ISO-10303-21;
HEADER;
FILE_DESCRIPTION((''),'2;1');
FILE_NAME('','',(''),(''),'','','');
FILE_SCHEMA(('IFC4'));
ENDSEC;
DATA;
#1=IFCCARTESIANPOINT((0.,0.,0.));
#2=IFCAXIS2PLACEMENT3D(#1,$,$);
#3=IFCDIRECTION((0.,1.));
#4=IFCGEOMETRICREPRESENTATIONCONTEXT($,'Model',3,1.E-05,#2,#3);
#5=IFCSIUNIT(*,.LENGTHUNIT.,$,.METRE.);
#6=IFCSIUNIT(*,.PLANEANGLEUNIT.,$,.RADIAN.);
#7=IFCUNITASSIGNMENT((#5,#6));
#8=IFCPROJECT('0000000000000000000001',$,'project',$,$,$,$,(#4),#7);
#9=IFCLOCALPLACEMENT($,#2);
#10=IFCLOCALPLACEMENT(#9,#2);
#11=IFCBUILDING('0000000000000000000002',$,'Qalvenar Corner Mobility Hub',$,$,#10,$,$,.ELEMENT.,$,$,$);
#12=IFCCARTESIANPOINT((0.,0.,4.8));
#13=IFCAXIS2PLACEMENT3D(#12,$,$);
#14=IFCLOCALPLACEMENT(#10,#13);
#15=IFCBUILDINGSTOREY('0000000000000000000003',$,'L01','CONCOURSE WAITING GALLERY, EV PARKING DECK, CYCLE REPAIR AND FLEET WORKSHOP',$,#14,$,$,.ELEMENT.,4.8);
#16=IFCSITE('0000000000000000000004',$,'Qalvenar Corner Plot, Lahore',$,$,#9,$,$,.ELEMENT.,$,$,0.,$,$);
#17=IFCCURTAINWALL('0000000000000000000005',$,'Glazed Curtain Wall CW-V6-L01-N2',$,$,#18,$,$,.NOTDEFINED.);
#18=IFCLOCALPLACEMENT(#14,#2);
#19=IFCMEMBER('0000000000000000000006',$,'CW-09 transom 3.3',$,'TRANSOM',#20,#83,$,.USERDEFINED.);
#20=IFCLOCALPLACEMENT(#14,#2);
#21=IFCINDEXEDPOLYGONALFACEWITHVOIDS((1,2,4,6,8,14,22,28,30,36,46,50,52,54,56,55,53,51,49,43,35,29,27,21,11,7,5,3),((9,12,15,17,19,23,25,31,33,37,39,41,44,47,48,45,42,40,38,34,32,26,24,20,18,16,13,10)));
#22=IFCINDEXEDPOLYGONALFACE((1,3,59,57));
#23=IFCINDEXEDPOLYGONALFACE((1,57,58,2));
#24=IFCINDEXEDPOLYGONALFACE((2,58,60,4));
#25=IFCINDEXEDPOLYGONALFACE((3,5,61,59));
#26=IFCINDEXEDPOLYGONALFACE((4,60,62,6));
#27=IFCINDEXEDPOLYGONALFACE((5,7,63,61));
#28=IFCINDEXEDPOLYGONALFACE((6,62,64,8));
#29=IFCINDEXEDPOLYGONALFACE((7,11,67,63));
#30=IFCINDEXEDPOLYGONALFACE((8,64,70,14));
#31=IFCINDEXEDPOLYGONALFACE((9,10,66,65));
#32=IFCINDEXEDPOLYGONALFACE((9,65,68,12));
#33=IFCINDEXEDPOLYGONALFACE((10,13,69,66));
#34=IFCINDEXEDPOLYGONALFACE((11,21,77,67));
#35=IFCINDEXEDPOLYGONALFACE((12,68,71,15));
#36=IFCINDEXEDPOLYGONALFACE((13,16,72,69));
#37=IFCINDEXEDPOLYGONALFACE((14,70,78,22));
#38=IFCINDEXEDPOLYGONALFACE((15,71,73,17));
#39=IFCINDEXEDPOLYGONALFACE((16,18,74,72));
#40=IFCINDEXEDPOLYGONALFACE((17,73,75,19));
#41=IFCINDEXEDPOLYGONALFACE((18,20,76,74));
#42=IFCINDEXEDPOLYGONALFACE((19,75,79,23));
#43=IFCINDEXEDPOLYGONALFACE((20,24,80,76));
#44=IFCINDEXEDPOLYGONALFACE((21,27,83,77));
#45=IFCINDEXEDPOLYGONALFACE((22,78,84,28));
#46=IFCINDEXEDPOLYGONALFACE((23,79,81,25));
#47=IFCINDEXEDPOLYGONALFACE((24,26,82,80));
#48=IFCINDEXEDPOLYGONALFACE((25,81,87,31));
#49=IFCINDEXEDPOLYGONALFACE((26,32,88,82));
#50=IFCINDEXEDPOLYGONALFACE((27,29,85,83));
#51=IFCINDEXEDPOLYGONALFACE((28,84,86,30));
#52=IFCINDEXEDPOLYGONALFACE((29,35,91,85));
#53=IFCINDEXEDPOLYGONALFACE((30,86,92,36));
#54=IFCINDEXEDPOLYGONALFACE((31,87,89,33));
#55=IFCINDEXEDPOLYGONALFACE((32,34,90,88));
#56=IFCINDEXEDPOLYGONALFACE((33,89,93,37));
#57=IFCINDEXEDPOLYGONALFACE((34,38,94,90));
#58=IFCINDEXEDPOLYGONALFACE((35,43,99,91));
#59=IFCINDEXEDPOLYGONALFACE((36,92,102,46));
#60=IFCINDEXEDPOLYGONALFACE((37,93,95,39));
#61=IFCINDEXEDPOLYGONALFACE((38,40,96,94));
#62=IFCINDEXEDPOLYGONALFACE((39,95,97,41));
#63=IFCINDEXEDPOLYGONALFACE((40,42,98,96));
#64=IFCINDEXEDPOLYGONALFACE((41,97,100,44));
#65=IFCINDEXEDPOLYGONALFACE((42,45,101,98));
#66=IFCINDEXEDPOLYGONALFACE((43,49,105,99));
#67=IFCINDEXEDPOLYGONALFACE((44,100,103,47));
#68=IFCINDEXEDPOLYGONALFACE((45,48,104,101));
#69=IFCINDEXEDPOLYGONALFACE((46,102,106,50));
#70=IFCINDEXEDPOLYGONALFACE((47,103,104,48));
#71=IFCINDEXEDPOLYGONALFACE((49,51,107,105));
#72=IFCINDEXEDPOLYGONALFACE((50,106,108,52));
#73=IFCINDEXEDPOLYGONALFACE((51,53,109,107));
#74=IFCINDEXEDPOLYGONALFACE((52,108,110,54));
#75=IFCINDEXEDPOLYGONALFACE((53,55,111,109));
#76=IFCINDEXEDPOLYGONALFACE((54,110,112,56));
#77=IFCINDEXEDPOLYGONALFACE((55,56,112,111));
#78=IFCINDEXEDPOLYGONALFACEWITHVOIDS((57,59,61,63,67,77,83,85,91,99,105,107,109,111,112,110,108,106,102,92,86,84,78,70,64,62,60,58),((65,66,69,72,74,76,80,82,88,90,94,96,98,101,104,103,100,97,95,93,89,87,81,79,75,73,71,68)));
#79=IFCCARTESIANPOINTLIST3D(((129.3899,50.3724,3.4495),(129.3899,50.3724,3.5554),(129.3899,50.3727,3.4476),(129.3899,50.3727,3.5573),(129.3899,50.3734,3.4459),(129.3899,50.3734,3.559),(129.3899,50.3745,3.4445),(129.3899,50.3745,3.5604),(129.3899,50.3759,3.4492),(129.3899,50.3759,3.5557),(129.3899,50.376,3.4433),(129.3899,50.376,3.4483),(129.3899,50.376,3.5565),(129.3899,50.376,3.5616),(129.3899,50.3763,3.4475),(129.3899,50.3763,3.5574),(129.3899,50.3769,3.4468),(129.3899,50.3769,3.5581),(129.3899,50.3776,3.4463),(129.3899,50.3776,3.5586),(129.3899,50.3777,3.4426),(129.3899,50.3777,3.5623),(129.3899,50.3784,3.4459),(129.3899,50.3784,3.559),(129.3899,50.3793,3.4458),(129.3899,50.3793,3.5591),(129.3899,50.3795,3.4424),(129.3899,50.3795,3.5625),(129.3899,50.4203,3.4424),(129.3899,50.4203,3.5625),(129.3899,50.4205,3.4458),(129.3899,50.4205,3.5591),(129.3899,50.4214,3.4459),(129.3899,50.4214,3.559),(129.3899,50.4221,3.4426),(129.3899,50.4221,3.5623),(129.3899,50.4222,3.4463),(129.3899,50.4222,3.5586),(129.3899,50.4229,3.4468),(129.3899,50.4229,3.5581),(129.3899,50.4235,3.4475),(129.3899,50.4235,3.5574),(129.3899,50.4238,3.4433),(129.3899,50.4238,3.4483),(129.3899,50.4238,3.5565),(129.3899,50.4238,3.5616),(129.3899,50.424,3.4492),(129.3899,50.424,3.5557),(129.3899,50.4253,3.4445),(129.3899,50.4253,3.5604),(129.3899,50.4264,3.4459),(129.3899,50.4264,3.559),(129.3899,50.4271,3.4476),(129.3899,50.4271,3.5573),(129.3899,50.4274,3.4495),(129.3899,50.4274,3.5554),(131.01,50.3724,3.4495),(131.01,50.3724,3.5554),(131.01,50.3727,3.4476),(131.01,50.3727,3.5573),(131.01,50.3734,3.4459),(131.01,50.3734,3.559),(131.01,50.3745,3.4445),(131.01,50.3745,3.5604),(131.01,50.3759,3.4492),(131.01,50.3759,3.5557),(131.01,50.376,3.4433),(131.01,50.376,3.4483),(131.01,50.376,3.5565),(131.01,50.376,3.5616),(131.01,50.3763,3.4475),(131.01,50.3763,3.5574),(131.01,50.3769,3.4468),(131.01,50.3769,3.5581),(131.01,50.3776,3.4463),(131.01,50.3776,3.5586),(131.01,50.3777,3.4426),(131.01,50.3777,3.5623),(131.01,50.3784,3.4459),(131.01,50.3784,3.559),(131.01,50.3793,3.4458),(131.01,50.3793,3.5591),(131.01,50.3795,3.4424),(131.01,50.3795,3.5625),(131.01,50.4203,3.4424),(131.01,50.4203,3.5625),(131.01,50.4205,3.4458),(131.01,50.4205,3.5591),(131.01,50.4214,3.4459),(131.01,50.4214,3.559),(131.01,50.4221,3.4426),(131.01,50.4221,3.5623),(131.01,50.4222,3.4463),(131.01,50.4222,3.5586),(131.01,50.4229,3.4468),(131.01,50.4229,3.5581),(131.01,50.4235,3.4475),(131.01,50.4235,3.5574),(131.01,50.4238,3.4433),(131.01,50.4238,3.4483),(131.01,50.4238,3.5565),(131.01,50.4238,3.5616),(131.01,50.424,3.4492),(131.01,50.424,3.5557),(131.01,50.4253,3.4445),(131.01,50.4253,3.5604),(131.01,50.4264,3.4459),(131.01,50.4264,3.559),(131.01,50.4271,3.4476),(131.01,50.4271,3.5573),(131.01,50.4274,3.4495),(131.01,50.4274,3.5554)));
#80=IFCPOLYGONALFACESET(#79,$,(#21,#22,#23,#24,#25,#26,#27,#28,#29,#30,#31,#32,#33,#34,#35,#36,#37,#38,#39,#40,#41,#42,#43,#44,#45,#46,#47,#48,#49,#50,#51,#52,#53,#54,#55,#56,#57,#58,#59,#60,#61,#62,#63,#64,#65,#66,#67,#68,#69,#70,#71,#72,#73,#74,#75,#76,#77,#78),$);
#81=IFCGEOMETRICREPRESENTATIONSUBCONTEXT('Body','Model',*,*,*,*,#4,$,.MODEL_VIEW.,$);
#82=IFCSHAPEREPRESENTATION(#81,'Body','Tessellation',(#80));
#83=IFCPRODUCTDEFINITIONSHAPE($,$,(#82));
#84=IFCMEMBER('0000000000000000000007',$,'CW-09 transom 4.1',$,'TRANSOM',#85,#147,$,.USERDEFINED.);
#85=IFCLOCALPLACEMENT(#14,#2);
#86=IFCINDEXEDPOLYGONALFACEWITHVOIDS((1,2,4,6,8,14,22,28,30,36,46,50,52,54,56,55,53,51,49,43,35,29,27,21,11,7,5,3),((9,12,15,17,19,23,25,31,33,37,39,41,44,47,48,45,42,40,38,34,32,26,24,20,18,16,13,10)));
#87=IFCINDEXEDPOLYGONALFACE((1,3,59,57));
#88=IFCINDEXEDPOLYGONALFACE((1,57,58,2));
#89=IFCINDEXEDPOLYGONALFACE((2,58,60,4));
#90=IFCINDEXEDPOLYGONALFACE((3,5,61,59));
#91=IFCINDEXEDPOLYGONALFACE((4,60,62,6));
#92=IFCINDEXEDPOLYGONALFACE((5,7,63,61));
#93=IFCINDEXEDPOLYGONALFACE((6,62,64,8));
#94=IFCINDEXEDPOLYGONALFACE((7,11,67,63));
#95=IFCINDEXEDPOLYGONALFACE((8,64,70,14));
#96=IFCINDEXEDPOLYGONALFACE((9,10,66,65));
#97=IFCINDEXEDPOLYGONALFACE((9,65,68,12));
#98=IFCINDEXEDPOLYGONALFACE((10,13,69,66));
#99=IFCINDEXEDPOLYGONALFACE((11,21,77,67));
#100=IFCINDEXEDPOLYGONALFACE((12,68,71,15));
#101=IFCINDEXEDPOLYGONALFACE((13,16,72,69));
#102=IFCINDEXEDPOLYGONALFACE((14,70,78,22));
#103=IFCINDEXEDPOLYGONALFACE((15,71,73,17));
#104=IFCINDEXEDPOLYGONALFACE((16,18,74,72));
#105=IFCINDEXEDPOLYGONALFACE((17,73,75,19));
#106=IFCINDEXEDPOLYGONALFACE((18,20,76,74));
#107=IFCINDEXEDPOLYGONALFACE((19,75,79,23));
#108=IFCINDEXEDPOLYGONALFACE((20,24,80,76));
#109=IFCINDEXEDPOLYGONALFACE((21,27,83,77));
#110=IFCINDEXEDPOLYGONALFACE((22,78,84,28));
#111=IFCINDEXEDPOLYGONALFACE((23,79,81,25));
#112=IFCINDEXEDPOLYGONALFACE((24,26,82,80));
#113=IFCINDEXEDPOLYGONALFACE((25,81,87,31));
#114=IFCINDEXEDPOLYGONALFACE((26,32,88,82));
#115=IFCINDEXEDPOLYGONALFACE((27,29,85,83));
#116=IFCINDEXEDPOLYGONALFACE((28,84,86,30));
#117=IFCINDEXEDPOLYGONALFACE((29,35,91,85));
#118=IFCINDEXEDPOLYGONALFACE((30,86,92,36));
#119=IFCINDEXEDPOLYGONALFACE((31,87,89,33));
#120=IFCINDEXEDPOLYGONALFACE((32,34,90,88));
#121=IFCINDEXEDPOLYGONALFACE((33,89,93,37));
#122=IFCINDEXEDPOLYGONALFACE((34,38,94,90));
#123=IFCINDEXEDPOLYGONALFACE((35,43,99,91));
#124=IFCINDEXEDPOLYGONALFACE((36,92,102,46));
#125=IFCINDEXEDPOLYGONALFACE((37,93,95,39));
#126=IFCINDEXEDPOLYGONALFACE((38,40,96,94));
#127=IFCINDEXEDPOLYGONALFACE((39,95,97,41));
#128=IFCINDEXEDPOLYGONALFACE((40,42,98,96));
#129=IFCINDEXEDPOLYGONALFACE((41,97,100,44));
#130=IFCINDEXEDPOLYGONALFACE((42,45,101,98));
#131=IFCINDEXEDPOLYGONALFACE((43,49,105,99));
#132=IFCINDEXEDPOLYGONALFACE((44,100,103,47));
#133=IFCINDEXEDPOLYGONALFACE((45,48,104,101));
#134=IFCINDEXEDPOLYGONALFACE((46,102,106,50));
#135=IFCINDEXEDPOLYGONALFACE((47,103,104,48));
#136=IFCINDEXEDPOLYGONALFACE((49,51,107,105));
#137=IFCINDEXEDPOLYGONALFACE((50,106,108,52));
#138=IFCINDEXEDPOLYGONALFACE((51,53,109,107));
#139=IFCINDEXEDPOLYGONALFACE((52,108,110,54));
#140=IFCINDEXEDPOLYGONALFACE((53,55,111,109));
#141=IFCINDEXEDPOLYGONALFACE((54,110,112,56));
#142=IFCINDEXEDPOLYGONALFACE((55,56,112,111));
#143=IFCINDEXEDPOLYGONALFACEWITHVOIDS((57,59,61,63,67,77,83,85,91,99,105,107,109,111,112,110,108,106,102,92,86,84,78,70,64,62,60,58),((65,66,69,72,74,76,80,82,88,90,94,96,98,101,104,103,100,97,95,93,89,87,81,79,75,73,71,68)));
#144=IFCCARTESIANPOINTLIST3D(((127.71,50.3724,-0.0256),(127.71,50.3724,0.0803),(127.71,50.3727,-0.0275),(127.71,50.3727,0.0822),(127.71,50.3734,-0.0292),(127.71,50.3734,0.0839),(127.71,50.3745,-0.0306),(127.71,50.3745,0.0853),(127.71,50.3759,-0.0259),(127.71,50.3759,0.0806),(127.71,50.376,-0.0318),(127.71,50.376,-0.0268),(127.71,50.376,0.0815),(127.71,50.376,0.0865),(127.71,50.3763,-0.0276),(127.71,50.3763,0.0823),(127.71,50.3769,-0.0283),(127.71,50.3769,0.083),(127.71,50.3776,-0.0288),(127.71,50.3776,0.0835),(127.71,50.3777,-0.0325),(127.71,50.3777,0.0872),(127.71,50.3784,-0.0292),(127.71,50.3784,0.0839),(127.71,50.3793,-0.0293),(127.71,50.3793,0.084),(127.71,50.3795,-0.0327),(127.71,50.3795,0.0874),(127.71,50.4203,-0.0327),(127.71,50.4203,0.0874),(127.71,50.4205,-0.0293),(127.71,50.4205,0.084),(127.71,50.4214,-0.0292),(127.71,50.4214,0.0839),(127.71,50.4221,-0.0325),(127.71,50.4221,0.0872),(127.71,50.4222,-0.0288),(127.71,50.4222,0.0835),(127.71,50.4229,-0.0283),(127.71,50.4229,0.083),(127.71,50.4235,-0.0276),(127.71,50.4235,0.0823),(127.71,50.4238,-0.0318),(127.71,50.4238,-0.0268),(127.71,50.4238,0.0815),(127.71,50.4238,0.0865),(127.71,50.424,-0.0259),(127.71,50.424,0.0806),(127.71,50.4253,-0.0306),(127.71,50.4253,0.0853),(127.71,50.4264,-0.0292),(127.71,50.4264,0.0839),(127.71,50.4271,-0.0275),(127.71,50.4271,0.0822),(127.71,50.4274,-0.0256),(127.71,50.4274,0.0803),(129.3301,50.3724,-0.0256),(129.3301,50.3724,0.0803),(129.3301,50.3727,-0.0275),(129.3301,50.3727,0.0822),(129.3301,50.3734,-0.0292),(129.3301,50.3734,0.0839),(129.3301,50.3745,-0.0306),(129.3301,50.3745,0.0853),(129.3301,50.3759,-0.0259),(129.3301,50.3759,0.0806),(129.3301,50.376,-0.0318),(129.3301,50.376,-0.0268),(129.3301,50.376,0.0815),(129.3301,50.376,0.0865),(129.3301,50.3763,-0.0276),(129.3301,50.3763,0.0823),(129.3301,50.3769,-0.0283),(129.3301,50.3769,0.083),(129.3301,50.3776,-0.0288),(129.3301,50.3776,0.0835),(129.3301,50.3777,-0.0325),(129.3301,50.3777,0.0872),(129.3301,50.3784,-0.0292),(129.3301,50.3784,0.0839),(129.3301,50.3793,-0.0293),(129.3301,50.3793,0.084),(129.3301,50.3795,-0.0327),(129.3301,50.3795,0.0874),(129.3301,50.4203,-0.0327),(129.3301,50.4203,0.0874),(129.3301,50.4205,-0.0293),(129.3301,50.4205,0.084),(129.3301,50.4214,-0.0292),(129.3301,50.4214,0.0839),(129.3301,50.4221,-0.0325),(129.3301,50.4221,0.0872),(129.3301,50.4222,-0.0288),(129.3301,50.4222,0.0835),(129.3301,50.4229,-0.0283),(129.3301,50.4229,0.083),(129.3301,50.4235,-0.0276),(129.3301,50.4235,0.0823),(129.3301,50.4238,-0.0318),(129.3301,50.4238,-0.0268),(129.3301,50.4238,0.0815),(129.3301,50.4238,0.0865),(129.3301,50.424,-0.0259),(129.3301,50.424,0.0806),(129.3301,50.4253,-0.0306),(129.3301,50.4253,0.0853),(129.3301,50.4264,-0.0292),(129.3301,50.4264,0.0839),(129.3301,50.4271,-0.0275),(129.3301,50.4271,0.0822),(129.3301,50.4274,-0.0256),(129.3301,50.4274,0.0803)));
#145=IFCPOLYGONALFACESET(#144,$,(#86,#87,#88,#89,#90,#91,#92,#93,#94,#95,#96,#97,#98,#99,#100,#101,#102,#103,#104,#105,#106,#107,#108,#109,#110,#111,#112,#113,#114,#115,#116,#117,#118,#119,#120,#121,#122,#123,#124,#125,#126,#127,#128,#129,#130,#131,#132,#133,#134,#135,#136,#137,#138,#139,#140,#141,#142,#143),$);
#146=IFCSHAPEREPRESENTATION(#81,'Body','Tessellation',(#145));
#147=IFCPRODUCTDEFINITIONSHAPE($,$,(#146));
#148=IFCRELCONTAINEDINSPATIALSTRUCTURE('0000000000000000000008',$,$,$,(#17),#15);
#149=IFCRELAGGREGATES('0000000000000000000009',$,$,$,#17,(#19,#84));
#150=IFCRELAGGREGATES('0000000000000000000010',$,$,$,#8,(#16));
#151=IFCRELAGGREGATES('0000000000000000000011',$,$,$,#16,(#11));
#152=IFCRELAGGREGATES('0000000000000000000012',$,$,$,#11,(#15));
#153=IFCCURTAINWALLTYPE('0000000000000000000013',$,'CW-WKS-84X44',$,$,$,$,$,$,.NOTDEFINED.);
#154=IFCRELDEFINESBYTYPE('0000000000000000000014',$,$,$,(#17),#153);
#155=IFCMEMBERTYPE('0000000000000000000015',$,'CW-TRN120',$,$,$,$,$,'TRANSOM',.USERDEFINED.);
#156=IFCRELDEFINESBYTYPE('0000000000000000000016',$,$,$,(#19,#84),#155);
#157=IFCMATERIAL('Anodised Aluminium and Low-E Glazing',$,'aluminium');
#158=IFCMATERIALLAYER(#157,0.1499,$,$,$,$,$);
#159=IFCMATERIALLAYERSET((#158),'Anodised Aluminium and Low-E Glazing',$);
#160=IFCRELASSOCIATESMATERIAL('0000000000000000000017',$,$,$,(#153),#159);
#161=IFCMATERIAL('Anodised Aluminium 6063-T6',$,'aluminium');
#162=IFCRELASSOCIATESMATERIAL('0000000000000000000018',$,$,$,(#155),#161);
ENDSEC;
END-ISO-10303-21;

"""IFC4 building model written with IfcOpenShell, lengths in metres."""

from ifc_helpers import new_model, si_unit, direction, frame, origin, origin_2d, place, context, subcontext, project, spatial, hollow_rectangle, extrude, material, layer, layer_set, material_profile, profile_set, type_object, element, aggregate, save


model = new_model("IFC4")

# Units and contexts
model_context = context("Model", 3, precision=1e-05, world=origin(), true_north=direction((0.0, 1.0)))
body_context = subcontext(model_context, "Body", "Model", "MODEL_VIEW")
ifc_project = project(units=[si_unit("LENGTHUNIT", "METRE"), si_unit("PLANEANGLEUNIT", "RADIAN")], contexts=[model_context])

# Site, building, storey
site_placement = place(None, origin())
site = spatial("IfcSite", under=ifc_project, at=site_placement, Name="Qalvenar Corner Plot, Lahore", CompositionType="ELEMENT", RefElevation=0.0)
building_placement = place(site_placement, origin())
building = spatial("IfcBuilding", under=site, at=building_placement, Name="Qalvenar Corner Mobility Hub", CompositionType="ELEMENT")
storey_placement = place(building_placement, frame((0.0, 0.0, 4.8)))
storey = spatial("IfcBuildingStorey", under=building, at=storey_placement, Name="L01", Description="CONCOURSE WAITING GALLERY, EV PARKING DECK, CYCLE REPAIR AND FLEET WORKSHOP", CompositionType="ELEMENT", Elevation=4.8)

# Curtain wall, members
ifc_material_1 = material(Name="Anodised Aluminium and Low-E Glazing", Category="aluminium")
ifc_layer_1 = layer(ifc_material_1, 0.1499)
ifc_layer_set_1 = layer_set([ifc_layer_1], Name="Anodised Aluminium and Low-E Glazing")
curtain_wall_type = type_object("IfcCurtainWallType", Name="CW-WKS-84X44", PredefinedType="NOTDEFINED", material=ifc_layer_set_1)
curtain_wall_placement = place(storey_placement, origin())
curtain_wall = element("IfcCurtainWall", 1, at=curtain_wall_placement, inside=storey, type_object=curtain_wall_type, Name="Glazed Curtain Wall CW-V6-L01-N2", PredefinedType="NOTDEFINED")
ifc_material_2 = material(Name="Anodised Aluminium 6063-T6", Category="aluminium")
ifc_material_profile_1 = material_profile(ifc_material_2, hollow_rectangle(XDim=0.0549, YDim=0.1201, WallThickness=0.0034, InnerFilletRadius=0.0034, OuterFilletRadius=0.0071, at=origin_2d()), Name="RHS120x55x3.5")
ifc_profile_set_1 = profile_set([ifc_material_profile_1], Name="Anodised Aluminium 6063-T6")
member_type_1 = type_object("IfcMemberType", Name="CW-TRN120", ElementType="TRANSOM", PredefinedType="USERDEFINED", material=ifc_profile_set_1)
member_1_placement = place(storey_placement, frame((131.01, 50.3999, 3.5024), z_axis=(-1.0, 0.0, 0.0), x_axis=(0.0, -1.0, 0.0)))
member_1 = element("IfcMember", 2, at=member_1_placement, type_object=member_type_1, Name="CW-09 transom 3.3", ObjectType="TRANSOM", PredefinedType="USERDEFINED", context=body_context, shape_type="SweptSolid", body=[
    extrude(hollow_rectangle(XDim=0.0549, YDim=0.1201, WallThickness=0.0034, InnerFilletRadius=0.0034, OuterFilletRadius=0.0071, at=origin_2d()), origin(), (0.0, 0.0, 1.0), 1.6201),
])
member_2_placement = place(storey_placement, frame((129.3301, 50.3999, 0.0273), z_axis=(-1.0, 0.0, 0.0), x_axis=(0.0, -1.0, 0.0)))
member_2 = element("IfcMember", 3, at=member_2_placement, type_object=member_type_1, Name="CW-09 transom 4.1", ObjectType="TRANSOM", PredefinedType="USERDEFINED", context=body_context, shape_type="SweptSolid", body=[
    extrude(hollow_rectangle(XDim=0.0549, YDim=0.1201, WallThickness=0.0034, InnerFilletRadius=0.0034, OuterFilletRadius=0.0071, at=origin_2d()), origin(), (0.0, 0.0, 1.0), 1.6201),
])

aggregate(curtain_wall, [member_1, member_2])

save(model, "model.ifc")
